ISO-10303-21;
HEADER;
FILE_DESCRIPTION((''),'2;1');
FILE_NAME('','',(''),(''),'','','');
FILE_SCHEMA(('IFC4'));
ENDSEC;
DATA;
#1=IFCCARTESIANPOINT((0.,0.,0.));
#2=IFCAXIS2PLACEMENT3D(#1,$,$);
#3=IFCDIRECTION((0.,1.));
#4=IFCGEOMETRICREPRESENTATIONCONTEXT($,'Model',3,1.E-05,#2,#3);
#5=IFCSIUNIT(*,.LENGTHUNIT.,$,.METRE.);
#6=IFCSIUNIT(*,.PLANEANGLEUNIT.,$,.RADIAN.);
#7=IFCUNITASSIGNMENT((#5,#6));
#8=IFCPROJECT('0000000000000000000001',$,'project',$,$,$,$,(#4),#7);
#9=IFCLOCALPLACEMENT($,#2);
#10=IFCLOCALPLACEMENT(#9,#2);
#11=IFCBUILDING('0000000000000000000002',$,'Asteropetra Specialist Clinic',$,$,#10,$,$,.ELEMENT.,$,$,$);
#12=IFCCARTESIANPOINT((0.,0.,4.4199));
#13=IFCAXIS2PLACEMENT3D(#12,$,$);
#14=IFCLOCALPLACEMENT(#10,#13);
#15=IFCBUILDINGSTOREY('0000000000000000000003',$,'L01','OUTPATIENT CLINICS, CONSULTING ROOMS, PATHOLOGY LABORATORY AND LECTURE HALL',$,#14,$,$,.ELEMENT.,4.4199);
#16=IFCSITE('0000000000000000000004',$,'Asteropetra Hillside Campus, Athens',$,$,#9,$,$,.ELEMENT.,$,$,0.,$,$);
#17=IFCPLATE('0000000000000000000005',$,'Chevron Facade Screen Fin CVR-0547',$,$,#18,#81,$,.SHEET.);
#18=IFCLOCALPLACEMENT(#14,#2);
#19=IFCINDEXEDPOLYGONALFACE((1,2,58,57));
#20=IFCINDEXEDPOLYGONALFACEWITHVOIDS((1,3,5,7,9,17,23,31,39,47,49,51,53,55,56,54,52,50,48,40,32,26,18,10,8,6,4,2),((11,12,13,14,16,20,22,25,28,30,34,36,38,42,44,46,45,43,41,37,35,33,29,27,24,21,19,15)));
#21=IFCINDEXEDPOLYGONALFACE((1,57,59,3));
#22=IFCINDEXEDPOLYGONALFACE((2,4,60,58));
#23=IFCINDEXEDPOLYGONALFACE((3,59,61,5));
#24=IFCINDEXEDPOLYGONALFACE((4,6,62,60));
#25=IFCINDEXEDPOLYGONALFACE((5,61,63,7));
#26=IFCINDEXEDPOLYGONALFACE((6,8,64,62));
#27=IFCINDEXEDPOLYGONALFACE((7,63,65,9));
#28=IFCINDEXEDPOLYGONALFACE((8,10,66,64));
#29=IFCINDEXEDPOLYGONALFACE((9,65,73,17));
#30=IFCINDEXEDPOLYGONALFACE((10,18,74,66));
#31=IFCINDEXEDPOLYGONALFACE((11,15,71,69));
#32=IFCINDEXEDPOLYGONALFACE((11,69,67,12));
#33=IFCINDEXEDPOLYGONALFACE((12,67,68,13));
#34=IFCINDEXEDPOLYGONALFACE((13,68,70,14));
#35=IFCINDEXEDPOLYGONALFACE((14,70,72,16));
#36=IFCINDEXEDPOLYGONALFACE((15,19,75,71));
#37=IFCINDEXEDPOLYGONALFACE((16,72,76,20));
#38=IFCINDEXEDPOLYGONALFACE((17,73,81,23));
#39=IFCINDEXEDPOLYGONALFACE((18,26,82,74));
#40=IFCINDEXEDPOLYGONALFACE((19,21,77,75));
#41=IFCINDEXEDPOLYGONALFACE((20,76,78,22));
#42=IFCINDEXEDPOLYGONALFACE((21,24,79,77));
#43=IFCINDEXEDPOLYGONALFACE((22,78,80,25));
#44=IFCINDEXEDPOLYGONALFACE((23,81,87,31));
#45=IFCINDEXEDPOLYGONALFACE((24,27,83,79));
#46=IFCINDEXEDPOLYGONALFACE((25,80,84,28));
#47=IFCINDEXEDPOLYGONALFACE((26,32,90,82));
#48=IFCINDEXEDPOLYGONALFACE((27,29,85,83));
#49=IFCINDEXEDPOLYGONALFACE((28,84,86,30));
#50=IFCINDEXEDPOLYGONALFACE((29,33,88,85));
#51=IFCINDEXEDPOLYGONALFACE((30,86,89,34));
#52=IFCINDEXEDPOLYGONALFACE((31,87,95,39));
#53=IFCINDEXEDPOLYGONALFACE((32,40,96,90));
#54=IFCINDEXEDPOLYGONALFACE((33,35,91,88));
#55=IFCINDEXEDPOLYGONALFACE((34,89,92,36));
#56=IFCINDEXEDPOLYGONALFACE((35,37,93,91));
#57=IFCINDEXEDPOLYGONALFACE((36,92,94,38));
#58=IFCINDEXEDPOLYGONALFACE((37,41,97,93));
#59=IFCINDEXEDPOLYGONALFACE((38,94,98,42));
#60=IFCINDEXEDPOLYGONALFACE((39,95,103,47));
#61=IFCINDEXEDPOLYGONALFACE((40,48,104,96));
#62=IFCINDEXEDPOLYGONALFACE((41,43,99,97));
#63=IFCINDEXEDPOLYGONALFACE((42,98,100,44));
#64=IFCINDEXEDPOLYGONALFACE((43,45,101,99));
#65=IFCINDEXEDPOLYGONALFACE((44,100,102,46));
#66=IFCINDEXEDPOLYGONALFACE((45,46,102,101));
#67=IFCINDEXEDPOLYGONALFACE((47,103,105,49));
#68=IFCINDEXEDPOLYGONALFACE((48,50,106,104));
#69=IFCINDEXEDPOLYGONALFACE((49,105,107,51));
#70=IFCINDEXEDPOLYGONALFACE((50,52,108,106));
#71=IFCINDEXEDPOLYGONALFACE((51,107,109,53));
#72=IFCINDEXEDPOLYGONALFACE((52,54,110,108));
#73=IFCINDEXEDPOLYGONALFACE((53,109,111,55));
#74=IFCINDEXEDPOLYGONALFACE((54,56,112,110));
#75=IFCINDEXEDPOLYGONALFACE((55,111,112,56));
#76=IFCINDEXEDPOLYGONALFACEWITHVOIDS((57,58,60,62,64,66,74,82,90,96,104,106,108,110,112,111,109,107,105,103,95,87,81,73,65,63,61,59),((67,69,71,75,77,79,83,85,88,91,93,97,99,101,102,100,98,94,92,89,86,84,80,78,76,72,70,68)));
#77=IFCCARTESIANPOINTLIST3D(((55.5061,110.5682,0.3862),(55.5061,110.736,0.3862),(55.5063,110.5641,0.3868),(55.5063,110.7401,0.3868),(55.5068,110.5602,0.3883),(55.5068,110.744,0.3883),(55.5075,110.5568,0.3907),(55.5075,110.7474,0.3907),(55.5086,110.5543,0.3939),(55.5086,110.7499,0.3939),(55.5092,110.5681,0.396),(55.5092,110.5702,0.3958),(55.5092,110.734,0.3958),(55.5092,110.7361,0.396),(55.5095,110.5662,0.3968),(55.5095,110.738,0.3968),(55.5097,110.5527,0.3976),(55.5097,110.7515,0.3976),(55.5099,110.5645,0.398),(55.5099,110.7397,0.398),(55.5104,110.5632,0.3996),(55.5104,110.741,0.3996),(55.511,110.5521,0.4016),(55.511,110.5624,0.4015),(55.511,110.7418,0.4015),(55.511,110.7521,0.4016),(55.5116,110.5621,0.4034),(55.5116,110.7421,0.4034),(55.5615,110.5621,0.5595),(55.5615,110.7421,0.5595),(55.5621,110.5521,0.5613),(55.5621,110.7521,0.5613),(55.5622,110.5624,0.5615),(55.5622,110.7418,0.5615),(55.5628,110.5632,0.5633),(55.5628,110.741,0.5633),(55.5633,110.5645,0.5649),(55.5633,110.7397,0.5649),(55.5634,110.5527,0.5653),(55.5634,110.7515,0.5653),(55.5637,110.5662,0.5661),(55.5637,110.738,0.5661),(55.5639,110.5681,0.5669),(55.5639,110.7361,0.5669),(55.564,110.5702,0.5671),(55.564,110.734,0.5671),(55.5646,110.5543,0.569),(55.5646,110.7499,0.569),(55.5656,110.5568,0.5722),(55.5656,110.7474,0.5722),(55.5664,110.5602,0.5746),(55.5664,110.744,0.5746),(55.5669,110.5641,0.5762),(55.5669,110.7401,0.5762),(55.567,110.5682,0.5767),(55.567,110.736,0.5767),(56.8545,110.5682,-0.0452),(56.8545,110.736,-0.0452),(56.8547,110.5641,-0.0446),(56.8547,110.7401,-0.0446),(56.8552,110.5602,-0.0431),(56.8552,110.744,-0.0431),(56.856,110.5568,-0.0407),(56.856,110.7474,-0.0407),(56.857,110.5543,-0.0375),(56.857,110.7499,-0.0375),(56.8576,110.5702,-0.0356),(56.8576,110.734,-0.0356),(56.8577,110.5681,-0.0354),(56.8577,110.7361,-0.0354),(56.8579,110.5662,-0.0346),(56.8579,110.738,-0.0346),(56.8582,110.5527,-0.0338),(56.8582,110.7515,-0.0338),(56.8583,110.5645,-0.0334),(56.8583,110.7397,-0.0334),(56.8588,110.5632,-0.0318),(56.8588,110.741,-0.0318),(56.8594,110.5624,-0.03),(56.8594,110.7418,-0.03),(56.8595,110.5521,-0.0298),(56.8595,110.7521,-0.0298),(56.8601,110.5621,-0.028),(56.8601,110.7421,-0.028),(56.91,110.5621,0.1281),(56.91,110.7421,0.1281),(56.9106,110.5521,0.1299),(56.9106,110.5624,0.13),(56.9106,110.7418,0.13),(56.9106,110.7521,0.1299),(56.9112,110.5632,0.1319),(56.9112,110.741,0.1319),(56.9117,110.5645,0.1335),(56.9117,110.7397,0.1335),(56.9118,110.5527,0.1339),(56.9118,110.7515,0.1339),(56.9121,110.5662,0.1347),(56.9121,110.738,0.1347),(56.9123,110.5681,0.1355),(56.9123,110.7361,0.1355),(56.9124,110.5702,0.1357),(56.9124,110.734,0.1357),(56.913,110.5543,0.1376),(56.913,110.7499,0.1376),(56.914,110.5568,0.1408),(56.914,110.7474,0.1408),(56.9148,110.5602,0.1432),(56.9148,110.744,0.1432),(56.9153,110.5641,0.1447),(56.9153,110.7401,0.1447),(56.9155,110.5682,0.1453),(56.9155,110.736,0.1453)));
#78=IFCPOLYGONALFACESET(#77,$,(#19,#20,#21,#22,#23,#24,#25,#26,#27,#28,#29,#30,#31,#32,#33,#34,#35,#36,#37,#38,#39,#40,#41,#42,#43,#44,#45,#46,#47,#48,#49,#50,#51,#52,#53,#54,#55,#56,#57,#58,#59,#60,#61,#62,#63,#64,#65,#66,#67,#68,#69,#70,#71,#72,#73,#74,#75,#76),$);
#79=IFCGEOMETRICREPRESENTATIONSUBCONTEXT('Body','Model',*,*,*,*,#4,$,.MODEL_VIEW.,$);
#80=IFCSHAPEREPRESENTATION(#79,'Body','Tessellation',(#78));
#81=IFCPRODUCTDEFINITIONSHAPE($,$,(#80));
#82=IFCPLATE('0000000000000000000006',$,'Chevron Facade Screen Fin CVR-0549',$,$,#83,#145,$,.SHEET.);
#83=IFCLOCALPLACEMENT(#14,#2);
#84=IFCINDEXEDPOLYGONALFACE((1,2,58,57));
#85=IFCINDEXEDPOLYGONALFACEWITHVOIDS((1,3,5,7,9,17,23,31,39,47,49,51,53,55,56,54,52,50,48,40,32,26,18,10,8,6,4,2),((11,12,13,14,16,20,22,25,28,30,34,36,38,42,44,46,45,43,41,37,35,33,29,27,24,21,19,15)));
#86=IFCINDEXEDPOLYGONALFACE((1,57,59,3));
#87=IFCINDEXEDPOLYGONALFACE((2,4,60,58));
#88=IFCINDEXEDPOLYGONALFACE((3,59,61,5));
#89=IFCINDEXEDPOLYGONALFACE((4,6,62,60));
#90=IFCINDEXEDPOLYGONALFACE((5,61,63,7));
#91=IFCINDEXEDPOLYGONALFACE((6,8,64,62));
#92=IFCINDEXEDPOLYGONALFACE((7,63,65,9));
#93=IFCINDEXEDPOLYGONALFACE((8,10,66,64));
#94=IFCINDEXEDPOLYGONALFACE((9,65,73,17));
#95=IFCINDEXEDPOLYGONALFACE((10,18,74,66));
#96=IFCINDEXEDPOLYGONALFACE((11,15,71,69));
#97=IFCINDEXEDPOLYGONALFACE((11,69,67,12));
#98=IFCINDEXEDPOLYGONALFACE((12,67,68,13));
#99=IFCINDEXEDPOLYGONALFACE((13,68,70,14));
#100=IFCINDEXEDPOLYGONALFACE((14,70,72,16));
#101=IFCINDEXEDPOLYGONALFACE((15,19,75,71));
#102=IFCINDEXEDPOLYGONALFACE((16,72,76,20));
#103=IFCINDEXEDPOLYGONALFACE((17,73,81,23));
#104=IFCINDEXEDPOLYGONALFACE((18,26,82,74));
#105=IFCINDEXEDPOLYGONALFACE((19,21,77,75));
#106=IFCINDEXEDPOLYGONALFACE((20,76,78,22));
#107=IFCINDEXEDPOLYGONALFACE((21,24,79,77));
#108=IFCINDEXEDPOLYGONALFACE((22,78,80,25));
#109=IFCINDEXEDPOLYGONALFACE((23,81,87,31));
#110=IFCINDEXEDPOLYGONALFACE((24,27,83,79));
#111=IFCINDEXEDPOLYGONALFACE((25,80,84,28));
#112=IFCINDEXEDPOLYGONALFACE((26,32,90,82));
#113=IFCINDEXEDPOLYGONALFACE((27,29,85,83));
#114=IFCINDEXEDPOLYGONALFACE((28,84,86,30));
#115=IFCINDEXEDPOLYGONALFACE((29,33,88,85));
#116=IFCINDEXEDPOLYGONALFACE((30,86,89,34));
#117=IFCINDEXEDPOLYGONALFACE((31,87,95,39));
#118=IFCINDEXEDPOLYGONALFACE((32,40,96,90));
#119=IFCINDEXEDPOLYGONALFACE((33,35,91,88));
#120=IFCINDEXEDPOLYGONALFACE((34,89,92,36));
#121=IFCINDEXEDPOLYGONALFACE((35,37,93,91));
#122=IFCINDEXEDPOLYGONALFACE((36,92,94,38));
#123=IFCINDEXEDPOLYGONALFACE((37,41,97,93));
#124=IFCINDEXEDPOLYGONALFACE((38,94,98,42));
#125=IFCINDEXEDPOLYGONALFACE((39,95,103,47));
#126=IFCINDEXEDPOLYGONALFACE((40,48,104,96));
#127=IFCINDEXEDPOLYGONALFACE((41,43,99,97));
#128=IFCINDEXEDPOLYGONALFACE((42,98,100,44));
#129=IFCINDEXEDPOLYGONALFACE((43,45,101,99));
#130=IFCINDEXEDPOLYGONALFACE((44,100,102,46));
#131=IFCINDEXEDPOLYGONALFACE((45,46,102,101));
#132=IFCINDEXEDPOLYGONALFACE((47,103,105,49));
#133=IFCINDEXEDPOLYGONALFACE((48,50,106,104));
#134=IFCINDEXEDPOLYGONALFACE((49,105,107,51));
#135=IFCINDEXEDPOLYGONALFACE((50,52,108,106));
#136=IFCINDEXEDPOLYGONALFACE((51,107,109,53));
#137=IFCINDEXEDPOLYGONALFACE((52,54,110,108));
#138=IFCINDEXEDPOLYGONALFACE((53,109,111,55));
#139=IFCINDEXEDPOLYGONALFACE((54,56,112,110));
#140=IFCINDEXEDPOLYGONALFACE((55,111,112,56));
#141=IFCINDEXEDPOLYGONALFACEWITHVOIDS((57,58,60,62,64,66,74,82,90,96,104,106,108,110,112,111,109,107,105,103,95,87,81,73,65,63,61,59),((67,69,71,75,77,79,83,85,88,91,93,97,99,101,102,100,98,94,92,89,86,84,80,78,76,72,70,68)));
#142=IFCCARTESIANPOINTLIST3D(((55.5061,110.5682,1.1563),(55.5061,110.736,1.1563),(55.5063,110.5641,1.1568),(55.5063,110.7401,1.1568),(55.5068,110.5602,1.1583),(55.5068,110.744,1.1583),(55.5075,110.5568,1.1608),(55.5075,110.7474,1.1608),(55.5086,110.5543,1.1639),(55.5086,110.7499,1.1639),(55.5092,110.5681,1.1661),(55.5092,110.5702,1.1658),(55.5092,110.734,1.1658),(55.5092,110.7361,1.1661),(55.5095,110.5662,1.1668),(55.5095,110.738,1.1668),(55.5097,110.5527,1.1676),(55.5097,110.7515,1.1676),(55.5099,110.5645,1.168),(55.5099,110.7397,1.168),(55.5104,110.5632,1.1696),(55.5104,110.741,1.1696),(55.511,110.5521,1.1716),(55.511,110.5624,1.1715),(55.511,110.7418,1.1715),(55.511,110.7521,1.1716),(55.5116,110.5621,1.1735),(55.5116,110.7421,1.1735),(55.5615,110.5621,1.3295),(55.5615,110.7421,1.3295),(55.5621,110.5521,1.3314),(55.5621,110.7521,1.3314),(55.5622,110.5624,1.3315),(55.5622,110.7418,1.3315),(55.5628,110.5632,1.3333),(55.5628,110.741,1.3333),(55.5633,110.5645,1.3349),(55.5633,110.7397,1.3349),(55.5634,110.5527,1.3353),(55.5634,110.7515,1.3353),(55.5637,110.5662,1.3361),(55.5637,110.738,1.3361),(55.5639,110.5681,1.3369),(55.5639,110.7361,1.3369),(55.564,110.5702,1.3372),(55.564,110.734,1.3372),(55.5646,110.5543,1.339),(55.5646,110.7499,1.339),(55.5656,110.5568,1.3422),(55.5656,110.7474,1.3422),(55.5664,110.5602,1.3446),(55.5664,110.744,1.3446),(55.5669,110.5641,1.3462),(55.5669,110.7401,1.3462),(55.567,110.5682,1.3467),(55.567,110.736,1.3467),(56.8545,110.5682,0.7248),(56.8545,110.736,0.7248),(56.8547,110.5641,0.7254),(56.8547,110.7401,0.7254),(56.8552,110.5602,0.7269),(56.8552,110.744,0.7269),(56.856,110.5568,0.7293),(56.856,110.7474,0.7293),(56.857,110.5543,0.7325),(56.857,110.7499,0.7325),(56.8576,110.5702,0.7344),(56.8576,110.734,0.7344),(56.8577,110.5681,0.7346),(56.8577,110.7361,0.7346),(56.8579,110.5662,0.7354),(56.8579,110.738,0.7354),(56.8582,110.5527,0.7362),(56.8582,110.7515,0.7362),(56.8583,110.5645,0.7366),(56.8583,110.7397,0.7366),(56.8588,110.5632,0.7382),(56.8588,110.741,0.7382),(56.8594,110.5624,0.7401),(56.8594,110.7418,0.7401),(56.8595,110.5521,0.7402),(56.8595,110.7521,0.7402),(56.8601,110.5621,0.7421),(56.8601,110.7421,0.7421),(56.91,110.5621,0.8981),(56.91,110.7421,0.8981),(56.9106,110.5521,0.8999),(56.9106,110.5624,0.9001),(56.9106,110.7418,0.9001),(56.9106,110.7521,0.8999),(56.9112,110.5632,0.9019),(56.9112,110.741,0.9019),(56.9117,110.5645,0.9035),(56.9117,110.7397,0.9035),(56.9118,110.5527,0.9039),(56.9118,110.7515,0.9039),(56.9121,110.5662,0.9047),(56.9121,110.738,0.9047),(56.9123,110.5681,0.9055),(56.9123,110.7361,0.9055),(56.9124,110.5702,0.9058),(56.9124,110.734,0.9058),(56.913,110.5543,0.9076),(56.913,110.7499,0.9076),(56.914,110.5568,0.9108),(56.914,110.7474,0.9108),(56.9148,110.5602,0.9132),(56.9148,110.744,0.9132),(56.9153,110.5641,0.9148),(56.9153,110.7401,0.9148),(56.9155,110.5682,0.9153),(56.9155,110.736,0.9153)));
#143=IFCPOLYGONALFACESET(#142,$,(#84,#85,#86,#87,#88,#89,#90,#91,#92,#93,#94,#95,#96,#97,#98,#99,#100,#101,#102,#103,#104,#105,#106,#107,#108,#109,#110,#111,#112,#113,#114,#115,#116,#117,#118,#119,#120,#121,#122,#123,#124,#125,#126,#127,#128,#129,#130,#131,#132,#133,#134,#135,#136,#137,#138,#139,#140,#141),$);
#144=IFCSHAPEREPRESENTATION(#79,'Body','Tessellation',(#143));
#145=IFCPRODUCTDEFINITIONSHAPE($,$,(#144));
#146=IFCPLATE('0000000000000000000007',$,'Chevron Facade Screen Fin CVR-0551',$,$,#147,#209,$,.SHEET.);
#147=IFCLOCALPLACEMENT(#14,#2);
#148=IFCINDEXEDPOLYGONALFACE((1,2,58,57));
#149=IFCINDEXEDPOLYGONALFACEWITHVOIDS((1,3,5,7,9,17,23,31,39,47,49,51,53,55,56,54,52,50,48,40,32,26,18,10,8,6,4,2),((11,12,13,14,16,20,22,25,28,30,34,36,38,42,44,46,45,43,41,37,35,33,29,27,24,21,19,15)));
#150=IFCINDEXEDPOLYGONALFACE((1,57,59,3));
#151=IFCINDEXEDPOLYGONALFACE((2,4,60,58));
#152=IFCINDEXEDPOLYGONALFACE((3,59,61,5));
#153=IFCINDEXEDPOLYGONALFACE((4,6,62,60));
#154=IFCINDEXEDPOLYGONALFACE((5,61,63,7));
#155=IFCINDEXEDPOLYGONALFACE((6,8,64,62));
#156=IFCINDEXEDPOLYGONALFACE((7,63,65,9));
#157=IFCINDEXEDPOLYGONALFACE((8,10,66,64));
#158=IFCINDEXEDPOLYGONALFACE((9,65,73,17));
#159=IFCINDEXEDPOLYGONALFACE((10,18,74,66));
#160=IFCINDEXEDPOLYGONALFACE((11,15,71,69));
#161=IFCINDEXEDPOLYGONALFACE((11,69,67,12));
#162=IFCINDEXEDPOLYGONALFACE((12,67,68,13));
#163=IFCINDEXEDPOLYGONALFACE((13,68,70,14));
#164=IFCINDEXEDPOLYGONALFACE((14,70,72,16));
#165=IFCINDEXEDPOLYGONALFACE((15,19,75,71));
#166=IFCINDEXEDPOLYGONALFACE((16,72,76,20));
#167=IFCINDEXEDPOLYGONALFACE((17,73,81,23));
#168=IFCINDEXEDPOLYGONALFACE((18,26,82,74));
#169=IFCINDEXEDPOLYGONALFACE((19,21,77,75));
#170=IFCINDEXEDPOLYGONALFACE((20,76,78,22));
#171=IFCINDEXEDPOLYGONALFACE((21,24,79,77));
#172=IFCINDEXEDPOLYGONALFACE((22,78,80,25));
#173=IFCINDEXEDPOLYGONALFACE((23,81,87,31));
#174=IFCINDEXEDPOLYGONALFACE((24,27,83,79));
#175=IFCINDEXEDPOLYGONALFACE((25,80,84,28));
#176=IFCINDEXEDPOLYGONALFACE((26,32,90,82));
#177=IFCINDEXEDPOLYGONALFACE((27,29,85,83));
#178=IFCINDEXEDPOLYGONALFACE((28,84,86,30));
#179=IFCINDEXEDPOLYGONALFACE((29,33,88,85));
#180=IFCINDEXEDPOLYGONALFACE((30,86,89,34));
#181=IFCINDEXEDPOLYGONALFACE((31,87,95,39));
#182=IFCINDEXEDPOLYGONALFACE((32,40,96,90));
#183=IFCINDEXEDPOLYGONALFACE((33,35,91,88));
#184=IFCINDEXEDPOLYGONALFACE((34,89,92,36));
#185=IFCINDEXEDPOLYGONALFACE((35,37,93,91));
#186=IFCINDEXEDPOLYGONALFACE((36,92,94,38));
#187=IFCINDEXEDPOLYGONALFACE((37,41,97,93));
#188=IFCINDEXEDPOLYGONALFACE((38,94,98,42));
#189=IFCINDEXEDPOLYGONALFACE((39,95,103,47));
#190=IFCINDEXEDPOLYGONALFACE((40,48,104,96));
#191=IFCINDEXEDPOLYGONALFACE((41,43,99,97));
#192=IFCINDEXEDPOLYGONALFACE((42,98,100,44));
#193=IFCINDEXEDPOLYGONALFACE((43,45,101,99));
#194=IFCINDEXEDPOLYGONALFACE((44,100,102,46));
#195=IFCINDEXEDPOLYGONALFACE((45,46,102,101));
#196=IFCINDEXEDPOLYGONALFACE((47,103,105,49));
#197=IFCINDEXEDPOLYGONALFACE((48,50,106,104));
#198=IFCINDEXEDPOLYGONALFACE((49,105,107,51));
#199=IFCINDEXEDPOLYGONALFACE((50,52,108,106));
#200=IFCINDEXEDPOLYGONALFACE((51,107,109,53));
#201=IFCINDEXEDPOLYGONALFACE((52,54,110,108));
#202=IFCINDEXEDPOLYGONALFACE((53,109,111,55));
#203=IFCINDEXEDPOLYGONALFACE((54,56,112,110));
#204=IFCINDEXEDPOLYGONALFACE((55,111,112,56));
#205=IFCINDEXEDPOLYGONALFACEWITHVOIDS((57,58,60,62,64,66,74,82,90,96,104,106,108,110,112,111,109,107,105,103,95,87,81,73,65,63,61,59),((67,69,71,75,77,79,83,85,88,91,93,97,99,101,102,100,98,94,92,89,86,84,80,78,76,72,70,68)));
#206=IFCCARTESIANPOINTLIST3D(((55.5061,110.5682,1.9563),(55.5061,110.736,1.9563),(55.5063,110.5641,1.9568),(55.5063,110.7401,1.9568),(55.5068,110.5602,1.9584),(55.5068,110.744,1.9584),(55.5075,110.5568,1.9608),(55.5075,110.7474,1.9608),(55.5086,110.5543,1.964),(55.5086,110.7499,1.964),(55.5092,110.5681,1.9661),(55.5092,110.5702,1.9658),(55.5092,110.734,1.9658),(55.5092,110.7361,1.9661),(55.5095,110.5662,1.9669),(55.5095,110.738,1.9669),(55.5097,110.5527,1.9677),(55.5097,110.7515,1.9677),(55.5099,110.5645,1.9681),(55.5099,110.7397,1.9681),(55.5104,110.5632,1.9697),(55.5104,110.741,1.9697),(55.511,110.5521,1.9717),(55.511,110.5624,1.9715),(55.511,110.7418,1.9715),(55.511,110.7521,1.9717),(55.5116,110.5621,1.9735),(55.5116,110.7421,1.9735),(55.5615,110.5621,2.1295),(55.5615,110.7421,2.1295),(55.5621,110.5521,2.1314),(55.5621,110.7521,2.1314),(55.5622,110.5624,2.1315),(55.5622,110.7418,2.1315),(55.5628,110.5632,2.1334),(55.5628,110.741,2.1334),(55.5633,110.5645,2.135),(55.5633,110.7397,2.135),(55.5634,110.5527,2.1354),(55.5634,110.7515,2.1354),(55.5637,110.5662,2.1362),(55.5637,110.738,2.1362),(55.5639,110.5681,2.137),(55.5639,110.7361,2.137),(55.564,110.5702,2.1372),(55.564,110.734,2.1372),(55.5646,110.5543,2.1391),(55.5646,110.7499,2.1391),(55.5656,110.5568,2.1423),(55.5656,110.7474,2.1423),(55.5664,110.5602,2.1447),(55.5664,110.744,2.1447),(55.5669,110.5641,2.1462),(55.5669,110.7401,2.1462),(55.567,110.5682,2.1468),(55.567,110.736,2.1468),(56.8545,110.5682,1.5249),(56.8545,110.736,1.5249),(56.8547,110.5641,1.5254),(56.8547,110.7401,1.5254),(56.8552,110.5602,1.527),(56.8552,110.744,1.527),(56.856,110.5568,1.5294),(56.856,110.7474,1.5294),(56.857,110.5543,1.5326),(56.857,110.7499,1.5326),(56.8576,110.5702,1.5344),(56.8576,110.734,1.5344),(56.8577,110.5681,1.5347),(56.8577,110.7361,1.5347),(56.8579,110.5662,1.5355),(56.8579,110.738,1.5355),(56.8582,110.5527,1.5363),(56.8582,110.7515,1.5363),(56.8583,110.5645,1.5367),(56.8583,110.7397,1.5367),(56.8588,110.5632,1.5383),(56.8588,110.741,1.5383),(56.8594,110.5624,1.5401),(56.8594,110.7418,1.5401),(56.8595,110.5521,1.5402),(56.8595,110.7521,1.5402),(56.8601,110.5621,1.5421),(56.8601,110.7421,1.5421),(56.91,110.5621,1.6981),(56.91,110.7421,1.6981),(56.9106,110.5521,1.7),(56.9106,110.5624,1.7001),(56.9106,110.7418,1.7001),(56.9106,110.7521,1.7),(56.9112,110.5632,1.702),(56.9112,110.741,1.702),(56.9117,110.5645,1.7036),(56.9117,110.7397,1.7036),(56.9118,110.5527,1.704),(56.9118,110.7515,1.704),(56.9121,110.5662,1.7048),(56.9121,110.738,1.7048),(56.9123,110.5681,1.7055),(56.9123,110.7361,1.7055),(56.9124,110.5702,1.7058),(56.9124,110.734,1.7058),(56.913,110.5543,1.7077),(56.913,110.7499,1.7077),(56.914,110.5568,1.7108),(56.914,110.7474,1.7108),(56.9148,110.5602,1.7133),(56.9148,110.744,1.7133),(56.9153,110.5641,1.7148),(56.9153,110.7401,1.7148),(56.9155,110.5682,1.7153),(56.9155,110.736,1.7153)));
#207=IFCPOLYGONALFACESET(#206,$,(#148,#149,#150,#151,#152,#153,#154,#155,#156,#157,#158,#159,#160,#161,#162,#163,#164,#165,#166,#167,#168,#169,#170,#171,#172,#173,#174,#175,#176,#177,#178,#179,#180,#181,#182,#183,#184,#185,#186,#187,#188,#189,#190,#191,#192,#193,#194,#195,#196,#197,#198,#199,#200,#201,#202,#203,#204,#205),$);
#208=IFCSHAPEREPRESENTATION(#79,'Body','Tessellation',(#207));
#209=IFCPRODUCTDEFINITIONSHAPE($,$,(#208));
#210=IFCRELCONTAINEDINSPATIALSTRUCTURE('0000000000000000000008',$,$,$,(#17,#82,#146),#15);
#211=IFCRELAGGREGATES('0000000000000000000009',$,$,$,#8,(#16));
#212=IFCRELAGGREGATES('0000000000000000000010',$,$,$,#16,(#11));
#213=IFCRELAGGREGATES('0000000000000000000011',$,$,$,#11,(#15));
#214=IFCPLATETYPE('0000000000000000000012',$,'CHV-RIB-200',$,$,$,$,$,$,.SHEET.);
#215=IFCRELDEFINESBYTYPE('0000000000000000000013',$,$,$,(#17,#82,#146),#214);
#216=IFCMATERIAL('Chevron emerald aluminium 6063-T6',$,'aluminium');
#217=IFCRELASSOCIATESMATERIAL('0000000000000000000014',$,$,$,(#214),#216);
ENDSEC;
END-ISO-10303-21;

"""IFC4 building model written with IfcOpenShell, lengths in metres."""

from ifc_helpers import new_model, si_unit, direction, frame, origin, origin_2d, place, context, subcontext, project, spatial, hollow_rectangle, extrude, material, material_profile, profile_set, type_object, element, save


model = new_model("IFC4")

# Units and contexts
model_context = context("Model", 3, precision=1e-05, world=origin(), true_north=direction((0.0, 1.0)))
body_context = subcontext(model_context, "Body", "Model", "MODEL_VIEW")
ifc_project = project(units=[si_unit("LENGTHUNIT", "METRE"), si_unit("PLANEANGLEUNIT", "RADIAN")], contexts=[model_context])

# Site, building, storey
site_placement = place(None, origin())
site = spatial("IfcSite", under=ifc_project, at=site_placement, Name="Asteropetra Hillside Campus, Athens", CompositionType="ELEMENT", RefElevation=0.0)
building_placement = place(site_placement, origin())
building = spatial("IfcBuilding", under=site, at=building_placement, Name="Asteropetra Specialist Clinic", CompositionType="ELEMENT")
storey_placement = place(building_placement, frame((0.0, 0.0, 4.4199)))
storey = spatial("IfcBuildingStorey", under=building, at=storey_placement, Name="L01", Description="OUTPATIENT CLINICS, CONSULTING ROOMS, PATHOLOGY LABORATORY AND LECTURE HALL", CompositionType="ELEMENT", Elevation=4.4199)

# Plates
ifc_material_1 = material(Name="Chevron emerald aluminium 6063-T6", Category="aluminium")
ifc_material_profile = material_profile(ifc_material_1, hollow_rectangle(XDim=0.2, YDim=0.2, WallThickness=0.01, InnerFilletRadius=0.0081, OuterFilletRadius=0.0161, at=origin_2d()), Name="SHS 200x200x10.0")
ifc_profile_set = profile_set([ifc_material_profile], Name="Chevron emerald aluminium 6063-T6")
plate_type_1 = type_object("IfcPlateType", Name="CHV-RIB-200", PredefinedType="SHEET", material=ifc_profile_set)
for number, where, z_axis, x_axis, name in (
    (1, (56.885, 110.6521, 0.05), (-0.952442, 0.0, 0.304719), (0.0, -1.0, 0.0), "Chevron Facade Screen Fin CVR-0547"),
    (2, (56.885, 110.6521, 0.8201), (-0.952442, 0.0, 0.304719), (0.0, -1.0, 0.0), "Chevron Facade Screen Fin CVR-0549"),
    (3, (56.885, 110.6521, 1.6201), (-0.952442, 0.0, 0.304719), (0.0, -1.0, 0.0), "Chevron Facade Screen Fin CVR-0551"),
):
    element("IfcPlate", number, at=place(storey_placement, frame(where, z_axis=z_axis, x_axis=x_axis)), inside=storey, type_object=plate_type_1, Name=name, PredefinedType="SHEET", context=body_context, shape_type="SweptSolid", body=[
        extrude(hollow_rectangle(XDim=0.2, YDim=0.2, WallThickness=0.01, InnerFilletRadius=0.0081, OuterFilletRadius=0.0161, at=origin_2d()), origin(), (0.0, 0.0, 1.0), 1.4158),
    ])

save(model, "model.ifc")
